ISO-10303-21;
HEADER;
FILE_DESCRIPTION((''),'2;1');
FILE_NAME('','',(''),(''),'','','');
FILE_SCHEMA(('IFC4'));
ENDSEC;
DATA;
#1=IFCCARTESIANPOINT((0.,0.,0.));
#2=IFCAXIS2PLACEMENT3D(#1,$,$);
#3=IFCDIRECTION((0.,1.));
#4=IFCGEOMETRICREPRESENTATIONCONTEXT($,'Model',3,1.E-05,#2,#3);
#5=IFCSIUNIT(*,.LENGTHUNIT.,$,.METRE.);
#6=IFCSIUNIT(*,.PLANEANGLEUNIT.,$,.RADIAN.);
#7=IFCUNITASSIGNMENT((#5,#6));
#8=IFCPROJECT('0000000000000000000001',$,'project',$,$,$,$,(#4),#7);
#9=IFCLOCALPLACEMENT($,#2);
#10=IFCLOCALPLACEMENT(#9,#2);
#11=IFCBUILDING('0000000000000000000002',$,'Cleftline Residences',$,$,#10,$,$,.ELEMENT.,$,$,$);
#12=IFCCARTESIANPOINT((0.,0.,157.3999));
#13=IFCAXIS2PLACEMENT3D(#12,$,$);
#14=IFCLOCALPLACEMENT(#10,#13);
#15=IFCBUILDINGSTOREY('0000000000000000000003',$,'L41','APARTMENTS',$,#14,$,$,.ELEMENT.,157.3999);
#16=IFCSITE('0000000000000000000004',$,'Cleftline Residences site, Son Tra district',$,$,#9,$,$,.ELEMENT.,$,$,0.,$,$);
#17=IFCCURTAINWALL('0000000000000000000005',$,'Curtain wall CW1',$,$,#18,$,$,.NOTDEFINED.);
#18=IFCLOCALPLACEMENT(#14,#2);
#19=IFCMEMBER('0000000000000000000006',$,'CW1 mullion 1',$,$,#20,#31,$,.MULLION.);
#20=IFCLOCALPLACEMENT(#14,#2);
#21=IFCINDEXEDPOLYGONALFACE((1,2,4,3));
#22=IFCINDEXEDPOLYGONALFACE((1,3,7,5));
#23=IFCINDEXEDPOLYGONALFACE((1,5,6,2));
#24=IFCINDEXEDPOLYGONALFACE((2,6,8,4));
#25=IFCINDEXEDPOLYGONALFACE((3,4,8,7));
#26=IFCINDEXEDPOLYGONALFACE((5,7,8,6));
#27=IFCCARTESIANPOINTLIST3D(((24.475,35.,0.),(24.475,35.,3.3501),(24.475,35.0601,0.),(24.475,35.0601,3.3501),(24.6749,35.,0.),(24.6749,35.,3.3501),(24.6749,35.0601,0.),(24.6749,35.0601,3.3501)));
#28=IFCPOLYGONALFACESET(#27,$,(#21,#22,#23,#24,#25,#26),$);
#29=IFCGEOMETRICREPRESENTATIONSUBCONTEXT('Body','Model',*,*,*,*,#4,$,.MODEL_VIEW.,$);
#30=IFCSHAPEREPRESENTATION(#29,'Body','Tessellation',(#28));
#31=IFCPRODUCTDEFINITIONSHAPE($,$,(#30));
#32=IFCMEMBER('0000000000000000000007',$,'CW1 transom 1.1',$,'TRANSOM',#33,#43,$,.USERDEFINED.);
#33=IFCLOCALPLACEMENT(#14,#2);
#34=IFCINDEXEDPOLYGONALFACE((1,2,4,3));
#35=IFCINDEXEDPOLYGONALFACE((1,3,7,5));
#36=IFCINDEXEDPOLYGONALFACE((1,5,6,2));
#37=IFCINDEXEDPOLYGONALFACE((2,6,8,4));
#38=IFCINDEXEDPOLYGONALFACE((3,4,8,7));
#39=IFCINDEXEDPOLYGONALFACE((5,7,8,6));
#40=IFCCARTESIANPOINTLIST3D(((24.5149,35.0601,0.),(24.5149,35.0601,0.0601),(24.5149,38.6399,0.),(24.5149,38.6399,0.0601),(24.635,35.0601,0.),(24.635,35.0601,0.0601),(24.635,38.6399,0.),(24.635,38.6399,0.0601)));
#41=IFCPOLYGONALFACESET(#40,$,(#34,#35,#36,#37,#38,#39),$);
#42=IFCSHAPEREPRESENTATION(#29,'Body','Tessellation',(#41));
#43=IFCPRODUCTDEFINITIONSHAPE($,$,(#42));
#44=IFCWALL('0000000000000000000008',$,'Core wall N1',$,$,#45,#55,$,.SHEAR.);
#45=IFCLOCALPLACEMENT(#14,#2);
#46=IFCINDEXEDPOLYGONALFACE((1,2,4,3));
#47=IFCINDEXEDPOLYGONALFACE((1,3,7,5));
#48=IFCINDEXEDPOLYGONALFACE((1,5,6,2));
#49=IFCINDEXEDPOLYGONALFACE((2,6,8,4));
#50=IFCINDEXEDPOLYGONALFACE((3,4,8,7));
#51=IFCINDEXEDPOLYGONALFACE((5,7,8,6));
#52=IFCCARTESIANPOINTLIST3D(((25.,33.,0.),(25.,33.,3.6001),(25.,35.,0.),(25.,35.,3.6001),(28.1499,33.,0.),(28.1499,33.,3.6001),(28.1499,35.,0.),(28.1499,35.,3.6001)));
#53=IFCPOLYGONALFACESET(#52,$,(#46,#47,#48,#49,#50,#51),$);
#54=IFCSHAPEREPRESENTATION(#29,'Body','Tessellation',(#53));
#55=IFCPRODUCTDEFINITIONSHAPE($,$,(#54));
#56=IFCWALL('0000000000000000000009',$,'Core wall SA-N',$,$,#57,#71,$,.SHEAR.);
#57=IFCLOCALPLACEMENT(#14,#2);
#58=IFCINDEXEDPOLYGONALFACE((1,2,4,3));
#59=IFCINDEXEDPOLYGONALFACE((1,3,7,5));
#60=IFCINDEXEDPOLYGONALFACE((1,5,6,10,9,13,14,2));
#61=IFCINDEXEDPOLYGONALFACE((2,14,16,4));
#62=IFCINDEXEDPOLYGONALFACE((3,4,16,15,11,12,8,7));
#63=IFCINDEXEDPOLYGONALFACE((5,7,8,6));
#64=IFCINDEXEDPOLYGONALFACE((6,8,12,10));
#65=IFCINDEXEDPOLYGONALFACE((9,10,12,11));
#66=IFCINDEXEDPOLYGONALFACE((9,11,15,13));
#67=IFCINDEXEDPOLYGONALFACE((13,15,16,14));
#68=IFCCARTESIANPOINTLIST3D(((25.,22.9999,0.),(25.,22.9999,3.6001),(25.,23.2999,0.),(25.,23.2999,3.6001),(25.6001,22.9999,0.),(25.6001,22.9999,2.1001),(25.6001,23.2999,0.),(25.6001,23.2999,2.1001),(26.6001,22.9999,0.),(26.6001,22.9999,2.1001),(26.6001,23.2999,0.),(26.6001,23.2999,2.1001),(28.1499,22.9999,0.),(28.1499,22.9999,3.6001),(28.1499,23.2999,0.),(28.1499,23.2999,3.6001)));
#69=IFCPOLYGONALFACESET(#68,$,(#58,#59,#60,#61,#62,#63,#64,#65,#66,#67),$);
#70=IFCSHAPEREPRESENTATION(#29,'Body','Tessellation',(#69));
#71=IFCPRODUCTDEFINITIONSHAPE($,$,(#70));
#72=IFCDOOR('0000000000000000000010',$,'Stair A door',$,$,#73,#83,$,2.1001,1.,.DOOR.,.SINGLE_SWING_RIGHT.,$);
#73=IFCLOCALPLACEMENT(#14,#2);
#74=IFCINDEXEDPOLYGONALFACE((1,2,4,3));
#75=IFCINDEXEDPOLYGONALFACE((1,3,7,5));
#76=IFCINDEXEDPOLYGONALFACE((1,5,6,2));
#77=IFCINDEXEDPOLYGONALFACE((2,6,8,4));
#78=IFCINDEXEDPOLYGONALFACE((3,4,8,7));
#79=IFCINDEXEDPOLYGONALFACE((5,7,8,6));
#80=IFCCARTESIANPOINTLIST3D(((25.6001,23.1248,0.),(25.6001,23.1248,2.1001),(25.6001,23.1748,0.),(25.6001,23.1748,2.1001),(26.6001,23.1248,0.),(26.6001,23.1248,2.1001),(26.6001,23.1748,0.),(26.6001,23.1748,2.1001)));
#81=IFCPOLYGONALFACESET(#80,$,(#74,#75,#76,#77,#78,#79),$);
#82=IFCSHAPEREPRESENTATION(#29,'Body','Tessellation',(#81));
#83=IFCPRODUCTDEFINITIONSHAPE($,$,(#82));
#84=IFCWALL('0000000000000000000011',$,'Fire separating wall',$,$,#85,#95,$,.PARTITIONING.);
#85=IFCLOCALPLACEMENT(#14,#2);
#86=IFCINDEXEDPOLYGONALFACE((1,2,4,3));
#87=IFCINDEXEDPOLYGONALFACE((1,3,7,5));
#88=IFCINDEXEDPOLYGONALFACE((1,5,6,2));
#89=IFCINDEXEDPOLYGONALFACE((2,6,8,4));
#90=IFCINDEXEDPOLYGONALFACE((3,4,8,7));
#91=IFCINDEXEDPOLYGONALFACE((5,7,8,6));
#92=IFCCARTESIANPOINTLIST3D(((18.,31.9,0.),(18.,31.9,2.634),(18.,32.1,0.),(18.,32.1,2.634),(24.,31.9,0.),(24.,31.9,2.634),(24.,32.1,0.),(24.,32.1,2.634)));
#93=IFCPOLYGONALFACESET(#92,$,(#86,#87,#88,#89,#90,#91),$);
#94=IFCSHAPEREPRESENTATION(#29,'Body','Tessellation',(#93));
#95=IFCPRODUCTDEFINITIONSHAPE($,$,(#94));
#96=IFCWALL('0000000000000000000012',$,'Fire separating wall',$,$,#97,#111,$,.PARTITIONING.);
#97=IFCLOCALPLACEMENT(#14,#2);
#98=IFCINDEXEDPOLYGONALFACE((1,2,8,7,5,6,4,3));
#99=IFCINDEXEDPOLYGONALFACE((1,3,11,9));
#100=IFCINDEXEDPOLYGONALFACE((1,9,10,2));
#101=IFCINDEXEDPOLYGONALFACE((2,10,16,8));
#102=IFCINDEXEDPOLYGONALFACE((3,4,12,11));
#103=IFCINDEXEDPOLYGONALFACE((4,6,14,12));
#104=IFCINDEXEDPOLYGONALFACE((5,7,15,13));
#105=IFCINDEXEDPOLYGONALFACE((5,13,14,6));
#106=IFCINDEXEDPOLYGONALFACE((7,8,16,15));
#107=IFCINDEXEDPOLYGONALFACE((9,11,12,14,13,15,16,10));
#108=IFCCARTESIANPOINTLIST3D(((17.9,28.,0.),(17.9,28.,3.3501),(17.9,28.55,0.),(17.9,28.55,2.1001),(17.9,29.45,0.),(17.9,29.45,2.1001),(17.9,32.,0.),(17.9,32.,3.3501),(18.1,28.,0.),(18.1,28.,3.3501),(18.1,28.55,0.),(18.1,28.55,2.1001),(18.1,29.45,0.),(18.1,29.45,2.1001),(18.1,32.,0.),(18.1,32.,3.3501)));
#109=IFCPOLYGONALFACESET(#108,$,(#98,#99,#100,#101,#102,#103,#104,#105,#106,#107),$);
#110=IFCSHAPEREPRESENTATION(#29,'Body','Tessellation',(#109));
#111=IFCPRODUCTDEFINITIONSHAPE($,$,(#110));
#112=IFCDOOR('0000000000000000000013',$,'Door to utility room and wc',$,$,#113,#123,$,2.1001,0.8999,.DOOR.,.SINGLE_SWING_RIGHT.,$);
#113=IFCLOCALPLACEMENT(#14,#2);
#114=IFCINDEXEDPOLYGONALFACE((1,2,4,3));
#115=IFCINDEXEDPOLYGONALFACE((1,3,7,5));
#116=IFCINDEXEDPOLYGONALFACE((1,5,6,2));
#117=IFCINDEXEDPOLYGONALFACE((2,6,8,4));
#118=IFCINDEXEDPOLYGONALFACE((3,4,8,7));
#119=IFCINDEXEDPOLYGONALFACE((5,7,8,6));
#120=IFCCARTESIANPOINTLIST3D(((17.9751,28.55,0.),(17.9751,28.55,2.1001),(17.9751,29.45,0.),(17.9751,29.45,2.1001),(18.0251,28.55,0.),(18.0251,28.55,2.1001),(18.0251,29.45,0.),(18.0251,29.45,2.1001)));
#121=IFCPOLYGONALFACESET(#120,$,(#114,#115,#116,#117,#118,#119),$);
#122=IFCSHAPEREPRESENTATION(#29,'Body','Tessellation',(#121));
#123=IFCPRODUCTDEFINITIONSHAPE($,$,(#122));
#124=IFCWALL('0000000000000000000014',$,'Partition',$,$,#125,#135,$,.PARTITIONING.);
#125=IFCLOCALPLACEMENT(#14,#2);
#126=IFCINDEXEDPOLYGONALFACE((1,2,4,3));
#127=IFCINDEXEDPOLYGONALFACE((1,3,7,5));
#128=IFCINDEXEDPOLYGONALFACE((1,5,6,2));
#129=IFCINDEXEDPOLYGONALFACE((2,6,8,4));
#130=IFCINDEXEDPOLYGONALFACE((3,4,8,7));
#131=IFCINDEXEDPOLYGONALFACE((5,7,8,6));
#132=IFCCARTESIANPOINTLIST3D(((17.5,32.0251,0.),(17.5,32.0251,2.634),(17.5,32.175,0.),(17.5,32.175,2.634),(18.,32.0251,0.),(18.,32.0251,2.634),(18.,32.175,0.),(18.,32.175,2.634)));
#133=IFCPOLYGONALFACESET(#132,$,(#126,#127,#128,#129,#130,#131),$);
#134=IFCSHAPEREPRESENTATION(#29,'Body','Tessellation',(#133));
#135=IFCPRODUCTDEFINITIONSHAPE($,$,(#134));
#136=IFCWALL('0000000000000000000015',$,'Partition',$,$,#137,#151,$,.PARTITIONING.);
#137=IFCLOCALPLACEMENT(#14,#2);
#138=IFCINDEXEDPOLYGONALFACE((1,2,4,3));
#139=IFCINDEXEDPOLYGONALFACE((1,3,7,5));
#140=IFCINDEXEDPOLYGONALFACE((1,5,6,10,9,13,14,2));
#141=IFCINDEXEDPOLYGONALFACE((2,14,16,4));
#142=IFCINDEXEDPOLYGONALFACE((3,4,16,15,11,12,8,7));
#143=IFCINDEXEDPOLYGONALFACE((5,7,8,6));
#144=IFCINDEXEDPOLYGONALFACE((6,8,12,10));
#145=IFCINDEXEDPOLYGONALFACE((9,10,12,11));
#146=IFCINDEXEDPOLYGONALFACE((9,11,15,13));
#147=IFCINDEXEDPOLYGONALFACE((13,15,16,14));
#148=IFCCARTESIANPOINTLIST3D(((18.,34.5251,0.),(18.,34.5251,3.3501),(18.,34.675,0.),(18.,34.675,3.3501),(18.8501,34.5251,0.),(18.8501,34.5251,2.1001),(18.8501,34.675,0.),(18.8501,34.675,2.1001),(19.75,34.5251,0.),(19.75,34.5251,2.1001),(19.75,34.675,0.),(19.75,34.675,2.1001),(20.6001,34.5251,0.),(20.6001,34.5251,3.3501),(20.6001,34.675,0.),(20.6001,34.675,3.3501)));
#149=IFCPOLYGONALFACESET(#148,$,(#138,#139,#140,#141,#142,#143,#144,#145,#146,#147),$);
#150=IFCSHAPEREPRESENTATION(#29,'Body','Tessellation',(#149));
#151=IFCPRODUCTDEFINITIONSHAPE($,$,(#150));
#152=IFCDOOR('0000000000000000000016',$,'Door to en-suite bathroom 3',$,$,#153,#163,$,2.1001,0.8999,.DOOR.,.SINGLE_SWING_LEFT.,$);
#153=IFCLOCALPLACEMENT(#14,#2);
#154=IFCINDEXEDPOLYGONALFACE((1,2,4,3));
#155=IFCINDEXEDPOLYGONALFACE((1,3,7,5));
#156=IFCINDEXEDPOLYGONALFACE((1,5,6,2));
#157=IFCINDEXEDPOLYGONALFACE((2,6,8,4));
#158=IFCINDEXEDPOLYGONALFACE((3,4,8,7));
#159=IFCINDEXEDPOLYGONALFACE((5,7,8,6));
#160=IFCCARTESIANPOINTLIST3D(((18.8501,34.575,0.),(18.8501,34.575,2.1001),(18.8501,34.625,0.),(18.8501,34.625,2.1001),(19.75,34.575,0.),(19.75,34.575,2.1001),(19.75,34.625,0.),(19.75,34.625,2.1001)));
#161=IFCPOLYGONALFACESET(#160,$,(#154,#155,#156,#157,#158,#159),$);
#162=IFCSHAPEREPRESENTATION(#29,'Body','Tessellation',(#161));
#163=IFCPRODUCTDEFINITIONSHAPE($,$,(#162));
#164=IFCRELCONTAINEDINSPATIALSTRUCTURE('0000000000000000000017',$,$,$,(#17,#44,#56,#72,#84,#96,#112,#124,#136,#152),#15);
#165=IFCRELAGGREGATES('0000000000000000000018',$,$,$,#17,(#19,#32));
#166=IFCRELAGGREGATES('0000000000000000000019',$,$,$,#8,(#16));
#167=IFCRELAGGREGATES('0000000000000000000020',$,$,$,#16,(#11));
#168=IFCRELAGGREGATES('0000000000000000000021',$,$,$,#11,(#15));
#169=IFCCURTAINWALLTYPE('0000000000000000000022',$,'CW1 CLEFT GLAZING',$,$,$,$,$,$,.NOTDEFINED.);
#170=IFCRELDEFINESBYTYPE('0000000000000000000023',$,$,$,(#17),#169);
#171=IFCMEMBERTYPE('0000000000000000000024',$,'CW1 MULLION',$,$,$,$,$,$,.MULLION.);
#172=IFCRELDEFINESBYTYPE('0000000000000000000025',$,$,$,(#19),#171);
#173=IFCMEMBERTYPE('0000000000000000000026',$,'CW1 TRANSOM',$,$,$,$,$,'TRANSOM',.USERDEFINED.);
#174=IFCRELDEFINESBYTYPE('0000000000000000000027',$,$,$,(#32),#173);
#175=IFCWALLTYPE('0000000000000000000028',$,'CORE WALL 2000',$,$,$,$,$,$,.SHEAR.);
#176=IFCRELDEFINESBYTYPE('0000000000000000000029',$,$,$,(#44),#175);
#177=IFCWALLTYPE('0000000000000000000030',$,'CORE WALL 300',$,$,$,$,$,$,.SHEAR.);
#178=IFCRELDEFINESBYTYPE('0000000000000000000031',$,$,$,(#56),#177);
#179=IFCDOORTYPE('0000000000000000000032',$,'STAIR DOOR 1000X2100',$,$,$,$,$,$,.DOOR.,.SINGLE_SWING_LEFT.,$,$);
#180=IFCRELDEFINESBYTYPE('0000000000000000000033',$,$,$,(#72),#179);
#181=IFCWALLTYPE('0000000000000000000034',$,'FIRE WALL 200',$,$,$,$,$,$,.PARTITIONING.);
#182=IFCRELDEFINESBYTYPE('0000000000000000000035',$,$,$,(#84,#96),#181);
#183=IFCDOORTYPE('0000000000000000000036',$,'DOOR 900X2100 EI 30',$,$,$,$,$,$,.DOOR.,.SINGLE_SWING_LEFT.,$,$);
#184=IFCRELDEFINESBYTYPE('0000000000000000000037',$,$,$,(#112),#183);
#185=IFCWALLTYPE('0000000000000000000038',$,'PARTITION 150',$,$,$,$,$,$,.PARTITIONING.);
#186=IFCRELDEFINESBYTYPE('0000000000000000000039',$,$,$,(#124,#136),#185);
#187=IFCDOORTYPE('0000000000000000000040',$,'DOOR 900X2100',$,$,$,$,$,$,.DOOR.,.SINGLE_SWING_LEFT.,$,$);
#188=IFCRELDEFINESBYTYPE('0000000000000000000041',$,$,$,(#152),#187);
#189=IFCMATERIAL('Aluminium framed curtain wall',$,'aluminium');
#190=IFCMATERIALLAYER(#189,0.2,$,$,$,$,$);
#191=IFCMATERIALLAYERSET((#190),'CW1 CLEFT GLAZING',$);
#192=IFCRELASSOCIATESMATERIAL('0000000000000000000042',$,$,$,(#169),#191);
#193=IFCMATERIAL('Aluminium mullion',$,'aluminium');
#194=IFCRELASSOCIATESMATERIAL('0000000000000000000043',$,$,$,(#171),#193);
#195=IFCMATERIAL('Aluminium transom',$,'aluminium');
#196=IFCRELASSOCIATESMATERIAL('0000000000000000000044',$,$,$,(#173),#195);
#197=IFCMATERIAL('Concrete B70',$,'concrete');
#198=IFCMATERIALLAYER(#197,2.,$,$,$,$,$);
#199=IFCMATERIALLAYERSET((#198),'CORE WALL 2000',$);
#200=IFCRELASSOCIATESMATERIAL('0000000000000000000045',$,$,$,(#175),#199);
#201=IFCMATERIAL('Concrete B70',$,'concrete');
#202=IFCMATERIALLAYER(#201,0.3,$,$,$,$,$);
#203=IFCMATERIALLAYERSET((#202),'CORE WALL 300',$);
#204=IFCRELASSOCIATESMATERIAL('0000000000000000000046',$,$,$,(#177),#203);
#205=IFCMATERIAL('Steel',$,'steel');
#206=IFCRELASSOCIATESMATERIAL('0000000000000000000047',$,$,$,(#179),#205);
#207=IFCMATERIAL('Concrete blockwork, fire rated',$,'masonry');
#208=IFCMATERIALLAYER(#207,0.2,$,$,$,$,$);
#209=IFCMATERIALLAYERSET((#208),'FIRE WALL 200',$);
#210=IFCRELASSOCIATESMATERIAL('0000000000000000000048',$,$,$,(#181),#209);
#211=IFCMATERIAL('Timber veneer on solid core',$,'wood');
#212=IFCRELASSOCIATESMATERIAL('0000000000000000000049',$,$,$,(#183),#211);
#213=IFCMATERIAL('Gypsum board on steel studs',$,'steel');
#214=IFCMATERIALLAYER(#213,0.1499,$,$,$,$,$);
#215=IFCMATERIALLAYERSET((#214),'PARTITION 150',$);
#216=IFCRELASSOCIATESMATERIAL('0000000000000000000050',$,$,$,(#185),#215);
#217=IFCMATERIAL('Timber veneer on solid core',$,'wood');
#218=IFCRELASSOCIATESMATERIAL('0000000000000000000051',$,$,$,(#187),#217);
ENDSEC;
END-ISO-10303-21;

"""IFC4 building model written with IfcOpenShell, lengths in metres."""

from ifc_helpers import new_model, si_unit, direction, frame, frame_2d, origin, origin_2d, place, context, subcontext, project, spatial, rectangle, extrude, material, layer, layer_set, material_profile, profile_set, type_object, element, fill, aggregate, save


model = new_model("IFC4")

# Units and contexts
model_context = context("Model", 3, precision=1e-05, world=origin(), true_north=direction((0.0, 1.0)))
body_context = subcontext(model_context, "Body", "Model", "MODEL_VIEW")
ifc_project = project(units=[si_unit("LENGTHUNIT", "METRE"), si_unit("PLANEANGLEUNIT", "RADIAN")], contexts=[model_context])

# Site, building, storey
site_placement = place(None, origin())
site = spatial("IfcSite", under=ifc_project, at=site_placement, Name="Cleftline Residences site, Son Tra district", CompositionType="ELEMENT", RefElevation=0.0)
building_placement = place(site_placement, origin())
building = spatial("IfcBuilding", under=site, at=building_placement, Name="Cleftline Residences", CompositionType="ELEMENT")
storey_placement = place(building_placement, frame((0.0, 0.0, 157.3999)))
storey = spatial("IfcBuildingStorey", under=building, at=storey_placement, Name="L41", Description="APARTMENTS", CompositionType="ELEMENT", Elevation=157.3999)

# Curtain wall, members
ifc_material_1 = material(Name="Aluminium framed curtain wall", Category="aluminium")
ifc_layer_1 = layer(ifc_material_1, 0.2)
ifc_layer_set_1 = layer_set([ifc_layer_1], Name="CW1 CLEFT GLAZING")
curtain_wall_type = type_object("IfcCurtainWallType", Name="CW1 CLEFT GLAZING", PredefinedType="NOTDEFINED", material=ifc_layer_set_1)
curtain_wall_placement = place(storey_placement, origin())
curtain_wall = element("IfcCurtainWall", 1, at=curtain_wall_placement, inside=storey, type_object=curtain_wall_type, Name="Curtain wall CW1", PredefinedType="NOTDEFINED")
ifc_material_2 = material(Name="Aluminium mullion", Category="aluminium")
ifc_material_profile_1 = material_profile(ifc_material_2, rectangle(XDim=0.2, YDim=0.0601, at=origin_2d()))
ifc_profile_set_1 = profile_set([ifc_material_profile_1], Name="Aluminium mullion")
member_type_1 = type_object("IfcMemberType", Name="CW1 MULLION", PredefinedType="MULLION", material=ifc_profile_set_1)
member_1_placement = place(storey_placement, frame((24.575, 35.03, 0.0), z_axis=(0.0, 0.0, 1.0), x_axis=(-1.0, 0.0, 0.0)))
member_1 = element("IfcMember", 2, at=member_1_placement, type_object=member_type_1, Name="CW1 mullion 1", PredefinedType="MULLION", context=body_context, shape_type="SweptSolid", body=[
    extrude(rectangle(XDim=0.2, YDim=0.0601, at=origin_2d()), origin(), (0.0, 0.0, 1.0), 3.3501),
])
ifc_material_3 = material(Name="Aluminium transom", Category="aluminium")
ifc_material_profile_2 = material_profile(ifc_material_3, rectangle(XDim=0.1201, YDim=0.0601, at=origin_2d()))
ifc_profile_set_2 = profile_set([ifc_material_profile_2], Name="Aluminium transom")
member_type_2 = type_object("IfcMemberType", Name="CW1 TRANSOM", ElementType="TRANSOM", PredefinedType="USERDEFINED", material=ifc_profile_set_2)
member_2_placement = place(storey_placement, frame((24.575, 35.0601, 0.03), z_axis=(0.0, 1.0, 0.0), x_axis=(-1.0, 0.0, 0.0)))
member_2 = element("IfcMember", 3, at=member_2_placement, type_object=member_type_2, Name="CW1 transom 1.1", ObjectType="TRANSOM", PredefinedType="USERDEFINED", context=body_context, shape_type="SweptSolid", body=[
    extrude(rectangle(XDim=0.1201, YDim=0.0601, at=origin_2d()), origin(), (0.0, 0.0, 1.0), 3.5798),
])
aggregate(curtain_wall, [member_1, member_2])

# Wall
ifc_material_4 = material(Name="Concrete B70", Category="concrete")
ifc_layer_2 = layer(ifc_material_4, 2.0)
ifc_layer_set_2 = layer_set([ifc_layer_2], Name="CORE WALL 2000")
wall_type_1 = type_object("IfcWallType", Name="CORE WALL 2000", PredefinedType="SHEAR", material=ifc_layer_set_2)
wall_1_placement = place(storey_placement, frame((25.0, 34.0, 0.0), z_axis=(0.0, 0.0, 1.0), x_axis=(1.0, 0.0, 0.0)))
element("IfcWall", 4, at=wall_1_placement, inside=storey, type_object=wall_type_1, Name="Core wall N1", PredefinedType="SHEAR", context=body_context, shape_type="SweptSolid", body=[
    extrude(rectangle(XDim=3.1499, YDim=2.0, at=frame_2d((1.575, 0.0))), origin(), (0.0, 0.0, 1.0), 3.6001),
])

# Wall, opening, door
ifc_material_5 = material(Name="Concrete B70", Category="concrete")
ifc_layer_3 = layer(ifc_material_5, 0.3)
ifc_layer_set_3 = layer_set([ifc_layer_3], Name="CORE WALL 300")
wall_type_2 = type_object("IfcWallType", Name="CORE WALL 300", PredefinedType="SHEAR", material=ifc_layer_set_3)
wall_2_placement = place(storey_placement, frame((25.0, 23.1499, 0.0), z_axis=(0.0, 0.0, 1.0), x_axis=(1.0, 0.0, 0.0)))
wall_2 = element("IfcWall", 5, at=wall_2_placement, inside=storey, type_object=wall_type_2, Name="Core wall SA-N", PredefinedType="SHEAR", context=body_context, shape_type="SweptSolid", body=[
    extrude(rectangle(XDim=3.1499, YDim=0.3, at=frame_2d((1.575, 0.0))), origin(), (0.0, 0.0, 1.0), 3.6001),
])
opening_1_placement = place(wall_2_placement, frame((0.6001, 0.0, 0.0)))
opening_1 = element("IfcOpeningElement", 6, at=opening_1_placement, cuts=wall_2, PredefinedType="OPENING", context=body_context, shape_type="SweptSolid", body=[
    extrude(rectangle(XDim=1.0, YDim=2.1001, at=frame_2d((0.5, 1.05))), frame((0.0, 0.1599, 0.0), z_axis=(0.0, -1.0, 0.0), x_axis=(1.0, 0.0, 0.0)), (0.0, 0.0, 1.0), 0.3201),
])
ifc_material_6 = material(Name="Steel", Category="steel")
door_type_1 = type_object("IfcDoorType", Name="STAIR DOOR 1000X2100", OperationType="SINGLE_SWING_LEFT", PredefinedType="DOOR", material=ifc_material_6)
door_1_placement = place(opening_1_placement, origin())
door_1 = element("IfcDoor", 7, at=door_1_placement, inside=storey, type_object=door_type_1, Name="Stair A door", OperationType="SINGLE_SWING_RIGHT", OverallHeight=2.1001, OverallWidth=1.0, PredefinedType="DOOR", context=body_context, shape_type="SweptSolid", body=[
    extrude(rectangle(XDim=1.0, YDim=2.1001, at=frame_2d((0.5, 1.05))), frame((0.0, 0.0249, 0.0), z_axis=(0.0, -1.0, 0.0), x_axis=(1.0, 0.0, 0.0)), (0.0, 0.0, 1.0), 0.05),
])
fill(opening_1, door_1)

# Wall
ifc_material_7 = material(Name="Concrete blockwork, fire rated", Category="masonry")
ifc_layer_4 = layer(ifc_material_7, 0.2)
ifc_layer_set_4 = layer_set([ifc_layer_4], Name="FIRE WALL 200")
wall_type_3 = type_object("IfcWallType", Name="FIRE WALL 200", PredefinedType="PARTITIONING", material=ifc_layer_set_4)
wall_3_placement = place(storey_placement, frame((18.0, 32.0, 0.0), z_axis=(0.0, 0.0, 1.0), x_axis=(1.0, 0.0, 0.0)))
element("IfcWall", 8, at=wall_3_placement, inside=storey, type_object=wall_type_3, Name="Fire separating wall", PredefinedType="PARTITIONING", context=body_context, shape_type="SweptSolid", body=[
    extrude(rectangle(XDim=6.0, YDim=0.2, at=frame_2d((3.0, 0.0))), origin(), (0.0, 0.0, 1.0), 2.634),
])

# Wall, opening, door
wall_4_placement = place(storey_placement, frame((18.0, 28.0, 0.0), z_axis=(0.0, 0.0, 1.0), x_axis=(0.0, 1.0, 0.0)))
wall_4 = element("IfcWall", 9, at=wall_4_placement, inside=storey, type_object=wall_type_3, Name="Fire separating wall", PredefinedType="PARTITIONING", context=body_context, shape_type="SweptSolid", body=[
    extrude(rectangle(XDim=4.0, YDim=0.2, at=frame_2d((2.0, 0.0))), origin(), (0.0, 0.0, 1.0), 3.3501),
])
opening_2_placement = place(wall_4_placement, frame((0.55, 0.0, 0.0)))
opening_2 = element("IfcOpeningElement", 10, at=opening_2_placement, cuts=wall_4, PredefinedType="OPENING", context=body_context, shape_type="SweptSolid", body=[
    extrude(rectangle(XDim=0.8999, YDim=2.1001, at=frame_2d((0.45, 1.05))), frame((0.0, 0.1099, 0.0), z_axis=(0.0, -1.0, 0.0), x_axis=(1.0, 0.0, 0.0)), (0.0, 0.0, 1.0), 0.22),
])
ifc_material_8 = material(Name="Timber veneer on solid core", Category="wood")
door_type_2 = type_object("IfcDoorType", Name="DOOR 900X2100 EI 30", OperationType="SINGLE_SWING_LEFT", PredefinedType="DOOR", material=ifc_material_8)
door_2_placement = place(opening_2_placement, origin())
door_2 = element("IfcDoor", 11, at=door_2_placement, inside=storey, type_object=door_type_2, Name="Door to utility room and wc", OperationType="SINGLE_SWING_RIGHT", OverallHeight=2.1001, OverallWidth=0.8999, PredefinedType="DOOR", context=body_context, shape_type="SweptSolid", body=[
    extrude(rectangle(XDim=0.8999, YDim=2.1001, at=frame_2d((0.45, 1.05))), frame((0.0, 0.0249, 0.0), z_axis=(0.0, -1.0, 0.0), x_axis=(1.0, 0.0, 0.0)), (0.0, 0.0, 1.0), 0.05),
])
fill(opening_2, door_2)

# Wall
ifc_material_9 = material(Name="Gypsum board on steel studs", Category="steel")
ifc_layer_5 = layer(ifc_material_9, 0.1499)
ifc_layer_set_5 = layer_set([ifc_layer_5], Name="PARTITION 150")
wall_type_4 = type_object("IfcWallType", Name="PARTITION 150", PredefinedType="PARTITIONING", material=ifc_layer_set_5)
wall_5_placement = place(storey_placement, frame((17.5, 32.1001, 0.0), z_axis=(0.0, 0.0, 1.0), x_axis=(1.0, 0.0, 0.0)))
element("IfcWall", 12, at=wall_5_placement, inside=storey, type_object=wall_type_4, Name="Partition", PredefinedType="PARTITIONING", context=body_context, shape_type="SweptSolid", body=[
    extrude(rectangle(XDim=0.5, YDim=0.1499, at=frame_2d((0.25, 0.0))), origin(), (0.0, 0.0, 1.0), 2.634),
])

# Wall, opening, door
wall_6_placement = place(storey_placement, frame((18.0, 34.6001, 0.0), z_axis=(0.0, 0.0, 1.0), x_axis=(1.0, 0.0, 0.0)))
wall_6 = element("IfcWall", 13, at=wall_6_placement, inside=storey, type_object=wall_type_4, Name="Partition", PredefinedType="PARTITIONING", context=body_context, shape_type="SweptSolid", body=[
    extrude(rectangle(XDim=2.6001, YDim=0.1499, at=frame_2d((1.3, 0.0))), origin(), (0.0, 0.0, 1.0), 3.3501),
])
opening_3_placement = place(wall_6_placement, frame((0.8501, 0.0, 0.0)))
opening_3 = element("IfcOpeningElement", 14, at=opening_3_placement, cuts=wall_6, PredefinedType="OPENING", context=body_context, shape_type="SweptSolid", body=[
    extrude(rectangle(XDim=0.8999, YDim=2.1001, at=frame_2d((0.45, 1.05))), frame((0.0, 0.085, 0.0), z_axis=(0.0, -1.0, 0.0), x_axis=(1.0, 0.0, 0.0)), (0.0, 0.0, 1.0), 0.1699),
])
ifc_material_10 = material(Name="Timber veneer on solid core", Category="wood")
door_type_3 = type_object("IfcDoorType", Name="DOOR 900X2100", OperationType="SINGLE_SWING_LEFT", PredefinedType="DOOR", material=ifc_material_10)
door_3_placement = place(opening_3_placement, origin())
door_3 = element("IfcDoor", 15, at=door_3_placement, inside=storey, type_object=door_type_3, Name="Door to en-suite bathroom 3", OperationType="SINGLE_SWING_LEFT", OverallHeight=2.1001, OverallWidth=0.8999, PredefinedType="DOOR", context=body_context, shape_type="SweptSolid", body=[
    extrude(rectangle(XDim=0.8999, YDim=2.1001, at=frame_2d((0.45, 1.05))), frame((0.0, 0.0249, 0.0), z_axis=(0.0, -1.0, 0.0), x_axis=(1.0, 0.0, 0.0)), (0.0, 0.0, 1.0), 0.05),
])
fill(opening_3, door_3)

save(model, "model.ifc")
